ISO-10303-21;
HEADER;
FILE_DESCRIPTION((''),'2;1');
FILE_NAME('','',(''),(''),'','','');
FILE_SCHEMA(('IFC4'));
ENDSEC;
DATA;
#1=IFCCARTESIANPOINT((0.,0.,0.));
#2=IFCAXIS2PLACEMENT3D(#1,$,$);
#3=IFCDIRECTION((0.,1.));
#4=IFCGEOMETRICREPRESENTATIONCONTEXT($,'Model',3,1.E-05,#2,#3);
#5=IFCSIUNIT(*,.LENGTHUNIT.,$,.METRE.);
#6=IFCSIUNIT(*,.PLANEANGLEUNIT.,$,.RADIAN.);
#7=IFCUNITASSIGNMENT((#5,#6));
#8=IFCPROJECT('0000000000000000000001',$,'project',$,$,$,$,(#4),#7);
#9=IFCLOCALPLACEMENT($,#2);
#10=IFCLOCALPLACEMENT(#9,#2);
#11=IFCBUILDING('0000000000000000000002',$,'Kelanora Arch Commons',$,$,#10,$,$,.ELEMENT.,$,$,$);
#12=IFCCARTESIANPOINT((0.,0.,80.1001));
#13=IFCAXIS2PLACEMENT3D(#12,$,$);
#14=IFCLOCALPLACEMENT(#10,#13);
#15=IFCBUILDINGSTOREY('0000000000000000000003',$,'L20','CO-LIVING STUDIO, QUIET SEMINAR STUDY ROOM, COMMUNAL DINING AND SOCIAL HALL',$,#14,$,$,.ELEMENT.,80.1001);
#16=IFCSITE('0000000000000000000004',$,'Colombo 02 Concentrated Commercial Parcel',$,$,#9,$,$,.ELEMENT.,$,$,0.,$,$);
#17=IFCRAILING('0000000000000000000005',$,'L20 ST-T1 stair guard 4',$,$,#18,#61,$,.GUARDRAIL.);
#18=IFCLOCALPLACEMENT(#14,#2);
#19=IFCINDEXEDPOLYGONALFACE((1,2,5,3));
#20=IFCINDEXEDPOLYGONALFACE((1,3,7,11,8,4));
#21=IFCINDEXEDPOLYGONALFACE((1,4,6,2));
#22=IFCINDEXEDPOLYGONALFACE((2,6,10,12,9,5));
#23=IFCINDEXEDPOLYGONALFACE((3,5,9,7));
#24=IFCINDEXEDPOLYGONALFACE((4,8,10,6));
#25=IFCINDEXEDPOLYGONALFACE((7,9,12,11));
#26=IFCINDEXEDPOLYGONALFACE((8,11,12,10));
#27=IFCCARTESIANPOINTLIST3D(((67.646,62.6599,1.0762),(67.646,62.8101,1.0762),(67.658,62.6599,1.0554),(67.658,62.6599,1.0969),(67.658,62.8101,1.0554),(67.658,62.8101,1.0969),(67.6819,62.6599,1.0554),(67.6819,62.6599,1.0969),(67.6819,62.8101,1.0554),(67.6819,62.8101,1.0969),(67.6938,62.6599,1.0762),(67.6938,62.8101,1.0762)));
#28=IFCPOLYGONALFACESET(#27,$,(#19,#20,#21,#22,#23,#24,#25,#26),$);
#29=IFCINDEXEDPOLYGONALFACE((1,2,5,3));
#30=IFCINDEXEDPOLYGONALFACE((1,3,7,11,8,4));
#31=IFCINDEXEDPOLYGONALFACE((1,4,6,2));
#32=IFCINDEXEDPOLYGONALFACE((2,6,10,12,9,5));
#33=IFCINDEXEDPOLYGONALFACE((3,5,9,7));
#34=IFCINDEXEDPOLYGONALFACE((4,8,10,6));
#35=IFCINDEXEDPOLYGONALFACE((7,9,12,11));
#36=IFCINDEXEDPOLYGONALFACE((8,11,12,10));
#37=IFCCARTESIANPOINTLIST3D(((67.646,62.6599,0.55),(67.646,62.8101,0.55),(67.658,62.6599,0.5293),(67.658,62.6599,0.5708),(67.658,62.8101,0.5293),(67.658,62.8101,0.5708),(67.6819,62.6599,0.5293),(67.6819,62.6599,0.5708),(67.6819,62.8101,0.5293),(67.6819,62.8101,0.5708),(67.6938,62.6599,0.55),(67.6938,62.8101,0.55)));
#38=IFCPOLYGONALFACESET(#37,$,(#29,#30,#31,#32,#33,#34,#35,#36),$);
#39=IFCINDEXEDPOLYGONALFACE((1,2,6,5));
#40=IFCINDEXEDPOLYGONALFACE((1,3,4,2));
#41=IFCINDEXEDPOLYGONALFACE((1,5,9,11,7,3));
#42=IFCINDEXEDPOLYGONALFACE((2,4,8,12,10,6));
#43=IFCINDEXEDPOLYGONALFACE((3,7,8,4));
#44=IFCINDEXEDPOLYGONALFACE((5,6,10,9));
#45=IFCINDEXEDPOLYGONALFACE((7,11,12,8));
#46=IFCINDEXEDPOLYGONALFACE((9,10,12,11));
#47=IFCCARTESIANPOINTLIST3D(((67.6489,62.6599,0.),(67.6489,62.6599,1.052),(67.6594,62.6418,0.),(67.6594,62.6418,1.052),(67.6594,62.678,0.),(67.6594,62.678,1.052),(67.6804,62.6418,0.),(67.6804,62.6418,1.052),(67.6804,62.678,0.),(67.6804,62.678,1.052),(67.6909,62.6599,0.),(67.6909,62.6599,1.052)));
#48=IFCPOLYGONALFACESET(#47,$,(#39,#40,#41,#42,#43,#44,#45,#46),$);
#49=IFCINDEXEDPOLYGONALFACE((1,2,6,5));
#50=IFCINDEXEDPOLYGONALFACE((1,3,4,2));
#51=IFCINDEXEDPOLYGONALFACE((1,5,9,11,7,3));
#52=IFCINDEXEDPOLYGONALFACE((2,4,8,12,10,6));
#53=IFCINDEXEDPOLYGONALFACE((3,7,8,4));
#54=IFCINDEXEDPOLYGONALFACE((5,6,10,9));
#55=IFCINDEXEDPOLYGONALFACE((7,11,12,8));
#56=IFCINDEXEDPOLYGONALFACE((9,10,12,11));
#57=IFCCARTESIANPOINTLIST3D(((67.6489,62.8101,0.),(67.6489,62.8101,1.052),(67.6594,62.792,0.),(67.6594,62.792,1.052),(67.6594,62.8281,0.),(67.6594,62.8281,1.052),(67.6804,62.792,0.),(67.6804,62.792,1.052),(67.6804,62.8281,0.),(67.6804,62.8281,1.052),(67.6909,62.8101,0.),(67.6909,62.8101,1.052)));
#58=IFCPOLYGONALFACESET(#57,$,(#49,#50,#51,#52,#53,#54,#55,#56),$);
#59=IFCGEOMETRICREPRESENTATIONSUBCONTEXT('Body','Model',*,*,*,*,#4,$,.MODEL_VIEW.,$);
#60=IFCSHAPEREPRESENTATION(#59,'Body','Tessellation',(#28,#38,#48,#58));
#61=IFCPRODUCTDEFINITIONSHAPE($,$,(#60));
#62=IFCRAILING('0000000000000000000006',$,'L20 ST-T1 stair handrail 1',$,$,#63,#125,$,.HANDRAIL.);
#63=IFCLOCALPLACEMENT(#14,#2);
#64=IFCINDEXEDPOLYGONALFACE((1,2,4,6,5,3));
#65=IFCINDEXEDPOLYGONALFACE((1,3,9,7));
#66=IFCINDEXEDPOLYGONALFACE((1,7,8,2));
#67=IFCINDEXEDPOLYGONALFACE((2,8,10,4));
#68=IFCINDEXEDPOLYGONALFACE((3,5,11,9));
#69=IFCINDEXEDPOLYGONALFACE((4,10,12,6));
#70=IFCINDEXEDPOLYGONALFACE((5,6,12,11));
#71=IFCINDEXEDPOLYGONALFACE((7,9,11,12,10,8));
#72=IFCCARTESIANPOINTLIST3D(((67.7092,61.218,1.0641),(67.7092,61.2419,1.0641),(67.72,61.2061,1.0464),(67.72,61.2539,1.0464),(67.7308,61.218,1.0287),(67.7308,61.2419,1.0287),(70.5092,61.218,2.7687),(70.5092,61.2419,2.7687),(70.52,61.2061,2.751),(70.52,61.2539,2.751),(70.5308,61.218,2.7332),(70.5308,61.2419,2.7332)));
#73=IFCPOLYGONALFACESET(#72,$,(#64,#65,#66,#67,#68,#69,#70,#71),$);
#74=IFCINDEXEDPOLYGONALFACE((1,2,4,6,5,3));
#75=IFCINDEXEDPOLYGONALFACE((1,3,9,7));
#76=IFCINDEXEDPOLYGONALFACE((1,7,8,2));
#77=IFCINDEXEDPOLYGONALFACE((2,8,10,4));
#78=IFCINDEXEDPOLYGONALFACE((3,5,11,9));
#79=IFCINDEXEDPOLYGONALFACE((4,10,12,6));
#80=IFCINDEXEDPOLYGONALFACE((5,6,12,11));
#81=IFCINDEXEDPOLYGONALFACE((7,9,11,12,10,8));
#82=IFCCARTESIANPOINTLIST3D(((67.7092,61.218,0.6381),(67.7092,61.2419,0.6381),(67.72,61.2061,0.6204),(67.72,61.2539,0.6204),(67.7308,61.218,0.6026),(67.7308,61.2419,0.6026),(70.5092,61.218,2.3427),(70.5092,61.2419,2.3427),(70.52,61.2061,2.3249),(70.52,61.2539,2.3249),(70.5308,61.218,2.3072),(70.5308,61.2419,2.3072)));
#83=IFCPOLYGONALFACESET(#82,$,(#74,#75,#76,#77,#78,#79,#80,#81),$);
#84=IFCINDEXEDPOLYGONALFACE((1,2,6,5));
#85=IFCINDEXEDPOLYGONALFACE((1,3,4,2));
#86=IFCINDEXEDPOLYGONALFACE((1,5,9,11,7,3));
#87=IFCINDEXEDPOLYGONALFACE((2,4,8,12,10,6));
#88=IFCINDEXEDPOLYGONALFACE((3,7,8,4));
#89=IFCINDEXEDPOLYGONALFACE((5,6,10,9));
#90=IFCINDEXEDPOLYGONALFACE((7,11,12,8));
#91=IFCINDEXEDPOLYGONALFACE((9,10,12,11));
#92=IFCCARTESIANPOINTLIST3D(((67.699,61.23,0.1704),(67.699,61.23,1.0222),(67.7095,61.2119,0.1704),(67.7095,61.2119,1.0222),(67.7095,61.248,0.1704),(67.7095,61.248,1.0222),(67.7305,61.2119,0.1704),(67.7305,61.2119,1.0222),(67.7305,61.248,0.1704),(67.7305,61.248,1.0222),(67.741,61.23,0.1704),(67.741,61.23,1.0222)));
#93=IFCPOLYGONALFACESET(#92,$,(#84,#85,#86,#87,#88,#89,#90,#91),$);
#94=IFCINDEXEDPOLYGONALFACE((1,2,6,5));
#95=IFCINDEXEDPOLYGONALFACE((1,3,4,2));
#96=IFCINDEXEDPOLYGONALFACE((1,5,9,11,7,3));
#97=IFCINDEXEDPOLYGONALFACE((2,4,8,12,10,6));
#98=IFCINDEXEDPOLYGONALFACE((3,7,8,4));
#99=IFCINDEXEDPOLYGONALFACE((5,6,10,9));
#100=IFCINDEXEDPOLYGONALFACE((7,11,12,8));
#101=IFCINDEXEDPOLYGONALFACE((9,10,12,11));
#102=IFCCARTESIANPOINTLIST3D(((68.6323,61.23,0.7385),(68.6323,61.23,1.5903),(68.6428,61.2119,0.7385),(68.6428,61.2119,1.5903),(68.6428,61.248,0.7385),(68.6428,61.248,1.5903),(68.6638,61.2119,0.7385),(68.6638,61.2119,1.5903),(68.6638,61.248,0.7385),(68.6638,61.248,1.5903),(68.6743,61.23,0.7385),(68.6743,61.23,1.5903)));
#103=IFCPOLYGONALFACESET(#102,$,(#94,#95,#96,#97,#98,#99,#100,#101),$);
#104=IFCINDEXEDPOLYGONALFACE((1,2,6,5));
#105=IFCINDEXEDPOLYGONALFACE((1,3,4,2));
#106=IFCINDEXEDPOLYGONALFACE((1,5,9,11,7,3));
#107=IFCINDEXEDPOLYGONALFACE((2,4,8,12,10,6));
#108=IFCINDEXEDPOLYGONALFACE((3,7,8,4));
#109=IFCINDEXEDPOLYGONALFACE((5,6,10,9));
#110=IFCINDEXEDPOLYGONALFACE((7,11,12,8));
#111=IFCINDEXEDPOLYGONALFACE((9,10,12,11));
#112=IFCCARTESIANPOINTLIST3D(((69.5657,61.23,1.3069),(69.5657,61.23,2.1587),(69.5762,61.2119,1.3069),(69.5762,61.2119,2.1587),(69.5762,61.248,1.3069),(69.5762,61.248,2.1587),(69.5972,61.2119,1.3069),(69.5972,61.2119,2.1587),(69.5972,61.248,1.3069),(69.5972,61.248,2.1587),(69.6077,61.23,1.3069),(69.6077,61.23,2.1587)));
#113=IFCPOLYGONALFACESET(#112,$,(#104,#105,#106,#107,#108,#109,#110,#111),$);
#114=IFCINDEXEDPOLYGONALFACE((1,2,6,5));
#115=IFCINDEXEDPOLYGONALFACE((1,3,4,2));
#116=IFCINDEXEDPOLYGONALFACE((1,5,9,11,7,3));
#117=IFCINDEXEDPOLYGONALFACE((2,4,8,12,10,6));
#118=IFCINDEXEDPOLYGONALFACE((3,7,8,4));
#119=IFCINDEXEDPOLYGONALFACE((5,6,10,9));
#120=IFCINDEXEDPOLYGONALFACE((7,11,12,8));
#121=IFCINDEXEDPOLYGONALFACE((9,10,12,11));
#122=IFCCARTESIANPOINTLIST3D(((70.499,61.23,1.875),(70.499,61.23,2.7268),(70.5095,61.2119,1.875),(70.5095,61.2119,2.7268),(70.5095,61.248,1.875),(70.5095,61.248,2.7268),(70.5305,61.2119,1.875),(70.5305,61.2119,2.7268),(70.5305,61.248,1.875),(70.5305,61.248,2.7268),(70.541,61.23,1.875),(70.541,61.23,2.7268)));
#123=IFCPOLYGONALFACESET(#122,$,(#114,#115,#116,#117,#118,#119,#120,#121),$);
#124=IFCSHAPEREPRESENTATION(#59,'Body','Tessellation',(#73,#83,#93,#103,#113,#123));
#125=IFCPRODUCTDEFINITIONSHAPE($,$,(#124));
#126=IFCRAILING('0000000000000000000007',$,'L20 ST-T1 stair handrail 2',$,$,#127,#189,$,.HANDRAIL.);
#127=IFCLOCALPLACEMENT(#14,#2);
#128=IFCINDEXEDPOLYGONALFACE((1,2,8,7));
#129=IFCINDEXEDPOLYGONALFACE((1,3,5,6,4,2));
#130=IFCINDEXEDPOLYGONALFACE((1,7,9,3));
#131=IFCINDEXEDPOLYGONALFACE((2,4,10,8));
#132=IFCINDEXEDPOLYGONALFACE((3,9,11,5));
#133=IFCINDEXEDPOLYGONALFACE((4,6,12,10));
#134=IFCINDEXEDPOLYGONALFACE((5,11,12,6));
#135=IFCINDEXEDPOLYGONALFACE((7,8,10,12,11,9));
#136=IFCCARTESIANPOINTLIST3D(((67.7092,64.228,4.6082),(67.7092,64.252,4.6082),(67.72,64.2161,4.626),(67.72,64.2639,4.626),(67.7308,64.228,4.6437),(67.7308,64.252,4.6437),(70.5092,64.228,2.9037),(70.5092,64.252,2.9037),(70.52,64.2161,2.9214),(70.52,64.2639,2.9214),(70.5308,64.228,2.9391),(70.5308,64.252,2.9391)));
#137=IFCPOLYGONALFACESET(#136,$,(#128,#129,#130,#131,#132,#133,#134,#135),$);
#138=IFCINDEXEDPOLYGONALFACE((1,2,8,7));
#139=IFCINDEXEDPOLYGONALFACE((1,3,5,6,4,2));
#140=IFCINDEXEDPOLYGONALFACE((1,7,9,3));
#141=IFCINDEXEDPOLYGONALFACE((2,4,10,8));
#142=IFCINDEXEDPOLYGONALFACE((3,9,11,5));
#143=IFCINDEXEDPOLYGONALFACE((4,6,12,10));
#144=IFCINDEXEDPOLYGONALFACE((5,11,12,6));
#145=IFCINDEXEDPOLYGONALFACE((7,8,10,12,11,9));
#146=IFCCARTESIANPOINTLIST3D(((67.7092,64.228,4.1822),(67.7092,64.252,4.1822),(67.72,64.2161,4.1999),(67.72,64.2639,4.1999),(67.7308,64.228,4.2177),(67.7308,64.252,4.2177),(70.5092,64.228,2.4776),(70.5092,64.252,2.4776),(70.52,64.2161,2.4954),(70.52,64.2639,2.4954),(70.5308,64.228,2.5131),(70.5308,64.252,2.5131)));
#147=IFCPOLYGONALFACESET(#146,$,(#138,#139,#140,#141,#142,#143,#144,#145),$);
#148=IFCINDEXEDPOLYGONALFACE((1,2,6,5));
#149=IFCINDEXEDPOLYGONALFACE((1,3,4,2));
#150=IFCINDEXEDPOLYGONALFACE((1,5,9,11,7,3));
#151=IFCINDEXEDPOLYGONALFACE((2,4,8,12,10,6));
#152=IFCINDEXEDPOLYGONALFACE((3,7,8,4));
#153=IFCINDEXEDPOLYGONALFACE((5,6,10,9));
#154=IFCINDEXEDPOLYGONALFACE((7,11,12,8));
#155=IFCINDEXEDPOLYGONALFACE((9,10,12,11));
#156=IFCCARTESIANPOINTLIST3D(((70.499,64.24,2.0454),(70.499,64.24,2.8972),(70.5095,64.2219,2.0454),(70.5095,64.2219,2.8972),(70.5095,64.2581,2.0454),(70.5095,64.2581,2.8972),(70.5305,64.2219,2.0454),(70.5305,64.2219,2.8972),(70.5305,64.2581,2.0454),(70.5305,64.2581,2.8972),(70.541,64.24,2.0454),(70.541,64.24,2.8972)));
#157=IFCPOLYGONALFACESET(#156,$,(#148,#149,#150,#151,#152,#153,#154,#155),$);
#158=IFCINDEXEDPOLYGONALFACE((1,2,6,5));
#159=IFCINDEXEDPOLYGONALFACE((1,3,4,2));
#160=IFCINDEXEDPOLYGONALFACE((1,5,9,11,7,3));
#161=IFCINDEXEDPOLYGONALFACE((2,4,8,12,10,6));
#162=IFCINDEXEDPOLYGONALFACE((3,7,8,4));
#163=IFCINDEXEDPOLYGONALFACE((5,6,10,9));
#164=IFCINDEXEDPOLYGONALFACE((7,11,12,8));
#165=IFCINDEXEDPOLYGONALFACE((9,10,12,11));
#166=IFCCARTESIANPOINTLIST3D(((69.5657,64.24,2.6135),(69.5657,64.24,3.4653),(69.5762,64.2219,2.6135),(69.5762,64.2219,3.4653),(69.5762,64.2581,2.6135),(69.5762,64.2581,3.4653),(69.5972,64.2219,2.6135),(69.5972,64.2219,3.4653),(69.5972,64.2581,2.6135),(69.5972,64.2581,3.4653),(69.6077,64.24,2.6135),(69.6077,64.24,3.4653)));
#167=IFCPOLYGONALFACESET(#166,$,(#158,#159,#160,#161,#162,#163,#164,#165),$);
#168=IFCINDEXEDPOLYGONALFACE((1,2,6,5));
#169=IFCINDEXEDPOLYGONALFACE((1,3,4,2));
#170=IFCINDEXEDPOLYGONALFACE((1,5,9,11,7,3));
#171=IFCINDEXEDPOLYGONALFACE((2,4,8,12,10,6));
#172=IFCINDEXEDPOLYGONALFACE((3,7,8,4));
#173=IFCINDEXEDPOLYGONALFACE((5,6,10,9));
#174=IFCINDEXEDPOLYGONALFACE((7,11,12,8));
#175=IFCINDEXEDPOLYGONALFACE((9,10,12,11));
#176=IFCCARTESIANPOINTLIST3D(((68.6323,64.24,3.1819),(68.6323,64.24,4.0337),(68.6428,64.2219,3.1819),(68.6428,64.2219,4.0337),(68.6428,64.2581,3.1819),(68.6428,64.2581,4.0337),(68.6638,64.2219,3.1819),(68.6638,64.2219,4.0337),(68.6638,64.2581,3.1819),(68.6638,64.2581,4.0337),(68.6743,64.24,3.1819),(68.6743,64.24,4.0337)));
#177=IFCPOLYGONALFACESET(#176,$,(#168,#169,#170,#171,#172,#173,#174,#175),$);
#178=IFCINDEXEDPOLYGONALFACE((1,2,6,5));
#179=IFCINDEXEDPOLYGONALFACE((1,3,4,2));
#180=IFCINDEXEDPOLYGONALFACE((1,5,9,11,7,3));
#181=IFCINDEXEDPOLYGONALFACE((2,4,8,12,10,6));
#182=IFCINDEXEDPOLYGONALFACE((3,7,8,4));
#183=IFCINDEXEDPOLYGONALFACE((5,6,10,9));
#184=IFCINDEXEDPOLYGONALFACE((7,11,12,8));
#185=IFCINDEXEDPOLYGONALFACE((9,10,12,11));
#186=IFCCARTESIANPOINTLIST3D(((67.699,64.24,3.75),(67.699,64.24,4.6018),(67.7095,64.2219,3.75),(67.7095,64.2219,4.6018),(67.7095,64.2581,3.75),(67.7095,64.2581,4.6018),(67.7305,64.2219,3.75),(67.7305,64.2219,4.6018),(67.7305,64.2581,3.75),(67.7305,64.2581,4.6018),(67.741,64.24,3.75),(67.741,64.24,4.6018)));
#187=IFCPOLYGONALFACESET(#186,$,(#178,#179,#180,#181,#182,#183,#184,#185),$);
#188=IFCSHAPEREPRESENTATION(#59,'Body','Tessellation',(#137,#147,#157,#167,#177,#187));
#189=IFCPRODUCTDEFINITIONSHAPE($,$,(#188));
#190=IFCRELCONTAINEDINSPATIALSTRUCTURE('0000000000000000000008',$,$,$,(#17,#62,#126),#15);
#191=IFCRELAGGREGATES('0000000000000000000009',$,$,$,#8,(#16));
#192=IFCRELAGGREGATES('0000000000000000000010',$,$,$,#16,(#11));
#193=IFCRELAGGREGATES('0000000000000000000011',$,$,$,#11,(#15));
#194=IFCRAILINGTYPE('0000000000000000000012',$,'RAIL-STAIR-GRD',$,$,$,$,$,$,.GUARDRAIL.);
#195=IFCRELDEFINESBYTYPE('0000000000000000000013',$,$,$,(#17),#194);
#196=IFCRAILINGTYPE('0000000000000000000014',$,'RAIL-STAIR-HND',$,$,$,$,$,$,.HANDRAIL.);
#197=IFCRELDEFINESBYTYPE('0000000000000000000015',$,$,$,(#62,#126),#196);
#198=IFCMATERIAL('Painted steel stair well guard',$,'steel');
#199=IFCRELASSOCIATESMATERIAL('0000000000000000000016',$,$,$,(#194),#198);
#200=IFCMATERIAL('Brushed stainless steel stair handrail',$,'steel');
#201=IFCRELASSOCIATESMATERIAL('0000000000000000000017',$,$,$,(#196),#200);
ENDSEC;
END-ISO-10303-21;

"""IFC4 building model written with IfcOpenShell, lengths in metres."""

from ifc_helpers import new_model, si_unit, direction, frame, origin, place, context, subcontext, project, spatial, polyline, outline, extrude, material, type_object, element, save


model = new_model("IFC4")

# Units and contexts
model_context = context("Model", 3, precision=1e-05, world=origin(), true_north=direction((0.0, 1.0)))
body_context = subcontext(model_context, "Body", "Model", "MODEL_VIEW")
ifc_project = project(units=[si_unit("LENGTHUNIT", "METRE"), si_unit("PLANEANGLEUNIT", "RADIAN")], contexts=[model_context])

# Site, building, storey
site_placement = place(None, origin())
site = spatial("IfcSite", under=ifc_project, at=site_placement, Name="Colombo 02 Concentrated Commercial Parcel", CompositionType="ELEMENT", RefElevation=0.0)
building_placement = place(site_placement, origin())
building = spatial("IfcBuilding", under=site, at=building_placement, Name="Kelanora Arch Commons", CompositionType="ELEMENT")
storey_placement = place(building_placement, frame((0.0, 0.0, 80.1001)))
storey = spatial("IfcBuildingStorey", under=building, at=storey_placement, Name="L20", Description="CO-LIVING STUDIO, QUIET SEMINAR STUDY ROOM, COMMUNAL DINING AND SOCIAL HALL", CompositionType="ELEMENT", Elevation=80.1001)

# Railings
ifc_material_1 = material(Name="Painted steel stair well guard", Category="steel")
railing_type_1 = type_object("IfcRailingType", Name="RAIL-STAIR-GRD", PredefinedType="GUARDRAIL", material=ifc_material_1)
railing_1_placement = place(storey_placement, frame((67.6699, 62.6599, 0.0)))
element("IfcRailing", 1, at=railing_1_placement, inside=storey, type_object=railing_type_1, Name="L20 ST-T1 stair guard 4", PredefinedType="GUARDRAIL", context=body_context, shape_type="SweptSolid", body=[
    extrude(outline(polyline([(0.0239, 0.0), (0.012, 0.0208), (-0.012, 0.0208), (-0.0239, 0.0), (-0.012, -0.0208), (0.012, -0.0208), (0.0239, 0.0)])), frame((0.0, 0.0, 1.0762), z_axis=(0.0, 1.0, 0.0), x_axis=(-1.0, 0.0, 0.0)), (0.0, 0.0, 1.0), 0.1501),
    extrude(outline(polyline([(0.0239, 0.0), (0.012, 0.0208), (-0.012, 0.0208), (-0.0239, 0.0), (-0.012, -0.0208), (0.012, -0.0208), (0.0239, 0.0)])), frame((0.0, 0.0, 0.55), z_axis=(0.0, 1.0, 0.0), x_axis=(-1.0, 0.0, 0.0)), (0.0, 0.0, 1.0), 0.1501),
    extrude(outline(polyline([(0.021, 0.0), (0.0105, 0.0181), (-0.0105, 0.0181), (-0.021, 0.0), (-0.0105, -0.0181), (0.0105, -0.0181), (0.021, 0.0)])), origin(), (0.0, 0.0, 1.0), 1.052),
    extrude(outline(polyline([(0.021, 0.0), (0.0105, 0.0181), (-0.0105, 0.0181), (-0.021, 0.0), (-0.0105, -0.0181), (0.0105, -0.0181), (0.021, 0.0)])), frame((0.0, 0.1501, 0.0)), (0.0, 0.0, 1.0), 1.052),
])
ifc_material_2 = material(Name="Brushed stainless steel stair handrail", Category="steel")
railing_type_2 = type_object("IfcRailingType", Name="RAIL-STAIR-HND", PredefinedType="HANDRAIL", material=ifc_material_2)
railing_2_placement = place(storey_placement, frame((67.72, 61.23, 0.1704)))
element("IfcRailing", 2, at=railing_2_placement, inside=storey, type_object=railing_type_2, Name="L20 ST-T1 stair handrail 1", PredefinedType="HANDRAIL", context=body_context, shape_type="SweptSolid", body=[
    extrude(outline(polyline([(0.0239, 0.0), (0.012, 0.0208), (-0.012, 0.0208), (-0.0239, 0.0), (-0.012, -0.0208), (0.012, -0.0208), (0.0239, 0.0)])), frame((0.0, 0.0, 0.876), z_axis=(0.85417, 0.0, 0.519994), x_axis=(0.0, 1.0, 0.0)), (0.0, 0.0, 1.0), 3.2781),
    extrude(outline(polyline([(0.0239, 0.0), (0.012, 0.0208), (-0.012, 0.0208), (-0.0239, 0.0), (-0.012, -0.0208), (0.012, -0.0208), (0.0239, 0.0)])), frame((0.0, 0.0, 0.45), z_axis=(0.85417, 0.0, 0.519994), x_axis=(0.0, 1.0, 0.0)), (0.0, 0.0, 1.0), 3.2781),
    extrude(outline(polyline([(0.021, 0.0), (0.0105, 0.0181), (-0.0105, 0.0181), (-0.021, 0.0), (-0.0105, -0.0181), (0.0105, -0.0181), (0.021, 0.0)])), origin(), (0.0, 0.0, 1.0), 0.8518),
    extrude(outline(polyline([(0.021, 0.0), (0.0105, 0.0181), (-0.0105, 0.0181), (-0.021, 0.0), (-0.0105, -0.0181), (0.0105, -0.0181), (0.021, 0.0)])), frame((0.9333, 0.0, 0.5681)), (0.0, 0.0, 1.0), 0.8518),
    extrude(outline(polyline([(0.021, 0.0), (0.0105, 0.0181), (-0.0105, 0.0181), (-0.021, 0.0), (-0.0105, -0.0181), (0.0105, -0.0181), (0.021, 0.0)])), frame((1.8667, 0.0, 1.1365)), (0.0, 0.0, 1.0), 0.8518),
    extrude(outline(polyline([(0.021, 0.0), (0.0105, 0.0181), (-0.0105, 0.0181), (-0.021, 0.0), (-0.0105, -0.0181), (0.0105, -0.0181), (0.021, 0.0)])), frame((2.8, 0.0, 1.7046)), (0.0, 0.0, 1.0), 0.8518),
])
railing_3_placement = place(storey_placement, frame((70.52, 64.24, 2.0454)))
element("IfcRailing", 3, at=railing_3_placement, inside=storey, type_object=railing_type_2, Name="L20 ST-T1 stair handrail 2", PredefinedType="HANDRAIL", context=body_context, shape_type="SweptSolid", body=[
    extrude(outline(polyline([(0.0239, 0.0), (0.012, 0.0208), (-0.012, 0.0208), (-0.0239, 0.0), (-0.012, -0.0208), (0.012, -0.0208), (0.0239, 0.0)])), frame((0.0, 0.0, 0.876), z_axis=(-0.85417, 0.0, 0.519994), x_axis=(0.0, -1.0, 0.0)), (0.0, 0.0, 1.0), 3.2781),
    extrude(outline(polyline([(0.0239, 0.0), (0.012, 0.0208), (-0.012, 0.0208), (-0.0239, 0.0), (-0.012, -0.0208), (0.012, -0.0208), (0.0239, 0.0)])), frame((0.0, 0.0, 0.45), z_axis=(-0.85417, 0.0, 0.519994), x_axis=(0.0, -1.0, 0.0)), (0.0, 0.0, 1.0), 3.2781),
    extrude(outline(polyline([(0.021, 0.0), (0.0105, 0.0181), (-0.0105, 0.0181), (-0.021, 0.0), (-0.0105, -0.0181), (0.0105, -0.0181), (0.021, 0.0)])), origin(), (0.0, 0.0, 1.0), 0.8518),
    extrude(outline(polyline([(0.021, 0.0), (0.0105, 0.0181), (-0.0105, 0.0181), (-0.021, 0.0), (-0.0105, -0.0181), (0.0105, -0.0181), (0.021, 0.0)])), frame((-0.9333, 0.0, 0.5681)), (0.0, 0.0, 1.0), 0.8518),
    extrude(outline(polyline([(0.021, 0.0), (0.0105, 0.0181), (-0.0105, 0.0181), (-0.021, 0.0), (-0.0105, -0.0181), (0.0105, -0.0181), (0.021, 0.0)])), frame((-1.8667, 0.0, 1.1365)), (0.0, 0.0, 1.0), 0.8518),
    extrude(outline(polyline([(0.021, 0.0), (0.0105, 0.0181), (-0.0105, 0.0181), (-0.021, 0.0), (-0.0105, -0.0181), (0.0105, -0.0181), (0.021, 0.0)])), frame((-2.8, 0.0, 1.7046)), (0.0, 0.0, 1.0), 0.8518),
])

save(model, "model.ifc")
